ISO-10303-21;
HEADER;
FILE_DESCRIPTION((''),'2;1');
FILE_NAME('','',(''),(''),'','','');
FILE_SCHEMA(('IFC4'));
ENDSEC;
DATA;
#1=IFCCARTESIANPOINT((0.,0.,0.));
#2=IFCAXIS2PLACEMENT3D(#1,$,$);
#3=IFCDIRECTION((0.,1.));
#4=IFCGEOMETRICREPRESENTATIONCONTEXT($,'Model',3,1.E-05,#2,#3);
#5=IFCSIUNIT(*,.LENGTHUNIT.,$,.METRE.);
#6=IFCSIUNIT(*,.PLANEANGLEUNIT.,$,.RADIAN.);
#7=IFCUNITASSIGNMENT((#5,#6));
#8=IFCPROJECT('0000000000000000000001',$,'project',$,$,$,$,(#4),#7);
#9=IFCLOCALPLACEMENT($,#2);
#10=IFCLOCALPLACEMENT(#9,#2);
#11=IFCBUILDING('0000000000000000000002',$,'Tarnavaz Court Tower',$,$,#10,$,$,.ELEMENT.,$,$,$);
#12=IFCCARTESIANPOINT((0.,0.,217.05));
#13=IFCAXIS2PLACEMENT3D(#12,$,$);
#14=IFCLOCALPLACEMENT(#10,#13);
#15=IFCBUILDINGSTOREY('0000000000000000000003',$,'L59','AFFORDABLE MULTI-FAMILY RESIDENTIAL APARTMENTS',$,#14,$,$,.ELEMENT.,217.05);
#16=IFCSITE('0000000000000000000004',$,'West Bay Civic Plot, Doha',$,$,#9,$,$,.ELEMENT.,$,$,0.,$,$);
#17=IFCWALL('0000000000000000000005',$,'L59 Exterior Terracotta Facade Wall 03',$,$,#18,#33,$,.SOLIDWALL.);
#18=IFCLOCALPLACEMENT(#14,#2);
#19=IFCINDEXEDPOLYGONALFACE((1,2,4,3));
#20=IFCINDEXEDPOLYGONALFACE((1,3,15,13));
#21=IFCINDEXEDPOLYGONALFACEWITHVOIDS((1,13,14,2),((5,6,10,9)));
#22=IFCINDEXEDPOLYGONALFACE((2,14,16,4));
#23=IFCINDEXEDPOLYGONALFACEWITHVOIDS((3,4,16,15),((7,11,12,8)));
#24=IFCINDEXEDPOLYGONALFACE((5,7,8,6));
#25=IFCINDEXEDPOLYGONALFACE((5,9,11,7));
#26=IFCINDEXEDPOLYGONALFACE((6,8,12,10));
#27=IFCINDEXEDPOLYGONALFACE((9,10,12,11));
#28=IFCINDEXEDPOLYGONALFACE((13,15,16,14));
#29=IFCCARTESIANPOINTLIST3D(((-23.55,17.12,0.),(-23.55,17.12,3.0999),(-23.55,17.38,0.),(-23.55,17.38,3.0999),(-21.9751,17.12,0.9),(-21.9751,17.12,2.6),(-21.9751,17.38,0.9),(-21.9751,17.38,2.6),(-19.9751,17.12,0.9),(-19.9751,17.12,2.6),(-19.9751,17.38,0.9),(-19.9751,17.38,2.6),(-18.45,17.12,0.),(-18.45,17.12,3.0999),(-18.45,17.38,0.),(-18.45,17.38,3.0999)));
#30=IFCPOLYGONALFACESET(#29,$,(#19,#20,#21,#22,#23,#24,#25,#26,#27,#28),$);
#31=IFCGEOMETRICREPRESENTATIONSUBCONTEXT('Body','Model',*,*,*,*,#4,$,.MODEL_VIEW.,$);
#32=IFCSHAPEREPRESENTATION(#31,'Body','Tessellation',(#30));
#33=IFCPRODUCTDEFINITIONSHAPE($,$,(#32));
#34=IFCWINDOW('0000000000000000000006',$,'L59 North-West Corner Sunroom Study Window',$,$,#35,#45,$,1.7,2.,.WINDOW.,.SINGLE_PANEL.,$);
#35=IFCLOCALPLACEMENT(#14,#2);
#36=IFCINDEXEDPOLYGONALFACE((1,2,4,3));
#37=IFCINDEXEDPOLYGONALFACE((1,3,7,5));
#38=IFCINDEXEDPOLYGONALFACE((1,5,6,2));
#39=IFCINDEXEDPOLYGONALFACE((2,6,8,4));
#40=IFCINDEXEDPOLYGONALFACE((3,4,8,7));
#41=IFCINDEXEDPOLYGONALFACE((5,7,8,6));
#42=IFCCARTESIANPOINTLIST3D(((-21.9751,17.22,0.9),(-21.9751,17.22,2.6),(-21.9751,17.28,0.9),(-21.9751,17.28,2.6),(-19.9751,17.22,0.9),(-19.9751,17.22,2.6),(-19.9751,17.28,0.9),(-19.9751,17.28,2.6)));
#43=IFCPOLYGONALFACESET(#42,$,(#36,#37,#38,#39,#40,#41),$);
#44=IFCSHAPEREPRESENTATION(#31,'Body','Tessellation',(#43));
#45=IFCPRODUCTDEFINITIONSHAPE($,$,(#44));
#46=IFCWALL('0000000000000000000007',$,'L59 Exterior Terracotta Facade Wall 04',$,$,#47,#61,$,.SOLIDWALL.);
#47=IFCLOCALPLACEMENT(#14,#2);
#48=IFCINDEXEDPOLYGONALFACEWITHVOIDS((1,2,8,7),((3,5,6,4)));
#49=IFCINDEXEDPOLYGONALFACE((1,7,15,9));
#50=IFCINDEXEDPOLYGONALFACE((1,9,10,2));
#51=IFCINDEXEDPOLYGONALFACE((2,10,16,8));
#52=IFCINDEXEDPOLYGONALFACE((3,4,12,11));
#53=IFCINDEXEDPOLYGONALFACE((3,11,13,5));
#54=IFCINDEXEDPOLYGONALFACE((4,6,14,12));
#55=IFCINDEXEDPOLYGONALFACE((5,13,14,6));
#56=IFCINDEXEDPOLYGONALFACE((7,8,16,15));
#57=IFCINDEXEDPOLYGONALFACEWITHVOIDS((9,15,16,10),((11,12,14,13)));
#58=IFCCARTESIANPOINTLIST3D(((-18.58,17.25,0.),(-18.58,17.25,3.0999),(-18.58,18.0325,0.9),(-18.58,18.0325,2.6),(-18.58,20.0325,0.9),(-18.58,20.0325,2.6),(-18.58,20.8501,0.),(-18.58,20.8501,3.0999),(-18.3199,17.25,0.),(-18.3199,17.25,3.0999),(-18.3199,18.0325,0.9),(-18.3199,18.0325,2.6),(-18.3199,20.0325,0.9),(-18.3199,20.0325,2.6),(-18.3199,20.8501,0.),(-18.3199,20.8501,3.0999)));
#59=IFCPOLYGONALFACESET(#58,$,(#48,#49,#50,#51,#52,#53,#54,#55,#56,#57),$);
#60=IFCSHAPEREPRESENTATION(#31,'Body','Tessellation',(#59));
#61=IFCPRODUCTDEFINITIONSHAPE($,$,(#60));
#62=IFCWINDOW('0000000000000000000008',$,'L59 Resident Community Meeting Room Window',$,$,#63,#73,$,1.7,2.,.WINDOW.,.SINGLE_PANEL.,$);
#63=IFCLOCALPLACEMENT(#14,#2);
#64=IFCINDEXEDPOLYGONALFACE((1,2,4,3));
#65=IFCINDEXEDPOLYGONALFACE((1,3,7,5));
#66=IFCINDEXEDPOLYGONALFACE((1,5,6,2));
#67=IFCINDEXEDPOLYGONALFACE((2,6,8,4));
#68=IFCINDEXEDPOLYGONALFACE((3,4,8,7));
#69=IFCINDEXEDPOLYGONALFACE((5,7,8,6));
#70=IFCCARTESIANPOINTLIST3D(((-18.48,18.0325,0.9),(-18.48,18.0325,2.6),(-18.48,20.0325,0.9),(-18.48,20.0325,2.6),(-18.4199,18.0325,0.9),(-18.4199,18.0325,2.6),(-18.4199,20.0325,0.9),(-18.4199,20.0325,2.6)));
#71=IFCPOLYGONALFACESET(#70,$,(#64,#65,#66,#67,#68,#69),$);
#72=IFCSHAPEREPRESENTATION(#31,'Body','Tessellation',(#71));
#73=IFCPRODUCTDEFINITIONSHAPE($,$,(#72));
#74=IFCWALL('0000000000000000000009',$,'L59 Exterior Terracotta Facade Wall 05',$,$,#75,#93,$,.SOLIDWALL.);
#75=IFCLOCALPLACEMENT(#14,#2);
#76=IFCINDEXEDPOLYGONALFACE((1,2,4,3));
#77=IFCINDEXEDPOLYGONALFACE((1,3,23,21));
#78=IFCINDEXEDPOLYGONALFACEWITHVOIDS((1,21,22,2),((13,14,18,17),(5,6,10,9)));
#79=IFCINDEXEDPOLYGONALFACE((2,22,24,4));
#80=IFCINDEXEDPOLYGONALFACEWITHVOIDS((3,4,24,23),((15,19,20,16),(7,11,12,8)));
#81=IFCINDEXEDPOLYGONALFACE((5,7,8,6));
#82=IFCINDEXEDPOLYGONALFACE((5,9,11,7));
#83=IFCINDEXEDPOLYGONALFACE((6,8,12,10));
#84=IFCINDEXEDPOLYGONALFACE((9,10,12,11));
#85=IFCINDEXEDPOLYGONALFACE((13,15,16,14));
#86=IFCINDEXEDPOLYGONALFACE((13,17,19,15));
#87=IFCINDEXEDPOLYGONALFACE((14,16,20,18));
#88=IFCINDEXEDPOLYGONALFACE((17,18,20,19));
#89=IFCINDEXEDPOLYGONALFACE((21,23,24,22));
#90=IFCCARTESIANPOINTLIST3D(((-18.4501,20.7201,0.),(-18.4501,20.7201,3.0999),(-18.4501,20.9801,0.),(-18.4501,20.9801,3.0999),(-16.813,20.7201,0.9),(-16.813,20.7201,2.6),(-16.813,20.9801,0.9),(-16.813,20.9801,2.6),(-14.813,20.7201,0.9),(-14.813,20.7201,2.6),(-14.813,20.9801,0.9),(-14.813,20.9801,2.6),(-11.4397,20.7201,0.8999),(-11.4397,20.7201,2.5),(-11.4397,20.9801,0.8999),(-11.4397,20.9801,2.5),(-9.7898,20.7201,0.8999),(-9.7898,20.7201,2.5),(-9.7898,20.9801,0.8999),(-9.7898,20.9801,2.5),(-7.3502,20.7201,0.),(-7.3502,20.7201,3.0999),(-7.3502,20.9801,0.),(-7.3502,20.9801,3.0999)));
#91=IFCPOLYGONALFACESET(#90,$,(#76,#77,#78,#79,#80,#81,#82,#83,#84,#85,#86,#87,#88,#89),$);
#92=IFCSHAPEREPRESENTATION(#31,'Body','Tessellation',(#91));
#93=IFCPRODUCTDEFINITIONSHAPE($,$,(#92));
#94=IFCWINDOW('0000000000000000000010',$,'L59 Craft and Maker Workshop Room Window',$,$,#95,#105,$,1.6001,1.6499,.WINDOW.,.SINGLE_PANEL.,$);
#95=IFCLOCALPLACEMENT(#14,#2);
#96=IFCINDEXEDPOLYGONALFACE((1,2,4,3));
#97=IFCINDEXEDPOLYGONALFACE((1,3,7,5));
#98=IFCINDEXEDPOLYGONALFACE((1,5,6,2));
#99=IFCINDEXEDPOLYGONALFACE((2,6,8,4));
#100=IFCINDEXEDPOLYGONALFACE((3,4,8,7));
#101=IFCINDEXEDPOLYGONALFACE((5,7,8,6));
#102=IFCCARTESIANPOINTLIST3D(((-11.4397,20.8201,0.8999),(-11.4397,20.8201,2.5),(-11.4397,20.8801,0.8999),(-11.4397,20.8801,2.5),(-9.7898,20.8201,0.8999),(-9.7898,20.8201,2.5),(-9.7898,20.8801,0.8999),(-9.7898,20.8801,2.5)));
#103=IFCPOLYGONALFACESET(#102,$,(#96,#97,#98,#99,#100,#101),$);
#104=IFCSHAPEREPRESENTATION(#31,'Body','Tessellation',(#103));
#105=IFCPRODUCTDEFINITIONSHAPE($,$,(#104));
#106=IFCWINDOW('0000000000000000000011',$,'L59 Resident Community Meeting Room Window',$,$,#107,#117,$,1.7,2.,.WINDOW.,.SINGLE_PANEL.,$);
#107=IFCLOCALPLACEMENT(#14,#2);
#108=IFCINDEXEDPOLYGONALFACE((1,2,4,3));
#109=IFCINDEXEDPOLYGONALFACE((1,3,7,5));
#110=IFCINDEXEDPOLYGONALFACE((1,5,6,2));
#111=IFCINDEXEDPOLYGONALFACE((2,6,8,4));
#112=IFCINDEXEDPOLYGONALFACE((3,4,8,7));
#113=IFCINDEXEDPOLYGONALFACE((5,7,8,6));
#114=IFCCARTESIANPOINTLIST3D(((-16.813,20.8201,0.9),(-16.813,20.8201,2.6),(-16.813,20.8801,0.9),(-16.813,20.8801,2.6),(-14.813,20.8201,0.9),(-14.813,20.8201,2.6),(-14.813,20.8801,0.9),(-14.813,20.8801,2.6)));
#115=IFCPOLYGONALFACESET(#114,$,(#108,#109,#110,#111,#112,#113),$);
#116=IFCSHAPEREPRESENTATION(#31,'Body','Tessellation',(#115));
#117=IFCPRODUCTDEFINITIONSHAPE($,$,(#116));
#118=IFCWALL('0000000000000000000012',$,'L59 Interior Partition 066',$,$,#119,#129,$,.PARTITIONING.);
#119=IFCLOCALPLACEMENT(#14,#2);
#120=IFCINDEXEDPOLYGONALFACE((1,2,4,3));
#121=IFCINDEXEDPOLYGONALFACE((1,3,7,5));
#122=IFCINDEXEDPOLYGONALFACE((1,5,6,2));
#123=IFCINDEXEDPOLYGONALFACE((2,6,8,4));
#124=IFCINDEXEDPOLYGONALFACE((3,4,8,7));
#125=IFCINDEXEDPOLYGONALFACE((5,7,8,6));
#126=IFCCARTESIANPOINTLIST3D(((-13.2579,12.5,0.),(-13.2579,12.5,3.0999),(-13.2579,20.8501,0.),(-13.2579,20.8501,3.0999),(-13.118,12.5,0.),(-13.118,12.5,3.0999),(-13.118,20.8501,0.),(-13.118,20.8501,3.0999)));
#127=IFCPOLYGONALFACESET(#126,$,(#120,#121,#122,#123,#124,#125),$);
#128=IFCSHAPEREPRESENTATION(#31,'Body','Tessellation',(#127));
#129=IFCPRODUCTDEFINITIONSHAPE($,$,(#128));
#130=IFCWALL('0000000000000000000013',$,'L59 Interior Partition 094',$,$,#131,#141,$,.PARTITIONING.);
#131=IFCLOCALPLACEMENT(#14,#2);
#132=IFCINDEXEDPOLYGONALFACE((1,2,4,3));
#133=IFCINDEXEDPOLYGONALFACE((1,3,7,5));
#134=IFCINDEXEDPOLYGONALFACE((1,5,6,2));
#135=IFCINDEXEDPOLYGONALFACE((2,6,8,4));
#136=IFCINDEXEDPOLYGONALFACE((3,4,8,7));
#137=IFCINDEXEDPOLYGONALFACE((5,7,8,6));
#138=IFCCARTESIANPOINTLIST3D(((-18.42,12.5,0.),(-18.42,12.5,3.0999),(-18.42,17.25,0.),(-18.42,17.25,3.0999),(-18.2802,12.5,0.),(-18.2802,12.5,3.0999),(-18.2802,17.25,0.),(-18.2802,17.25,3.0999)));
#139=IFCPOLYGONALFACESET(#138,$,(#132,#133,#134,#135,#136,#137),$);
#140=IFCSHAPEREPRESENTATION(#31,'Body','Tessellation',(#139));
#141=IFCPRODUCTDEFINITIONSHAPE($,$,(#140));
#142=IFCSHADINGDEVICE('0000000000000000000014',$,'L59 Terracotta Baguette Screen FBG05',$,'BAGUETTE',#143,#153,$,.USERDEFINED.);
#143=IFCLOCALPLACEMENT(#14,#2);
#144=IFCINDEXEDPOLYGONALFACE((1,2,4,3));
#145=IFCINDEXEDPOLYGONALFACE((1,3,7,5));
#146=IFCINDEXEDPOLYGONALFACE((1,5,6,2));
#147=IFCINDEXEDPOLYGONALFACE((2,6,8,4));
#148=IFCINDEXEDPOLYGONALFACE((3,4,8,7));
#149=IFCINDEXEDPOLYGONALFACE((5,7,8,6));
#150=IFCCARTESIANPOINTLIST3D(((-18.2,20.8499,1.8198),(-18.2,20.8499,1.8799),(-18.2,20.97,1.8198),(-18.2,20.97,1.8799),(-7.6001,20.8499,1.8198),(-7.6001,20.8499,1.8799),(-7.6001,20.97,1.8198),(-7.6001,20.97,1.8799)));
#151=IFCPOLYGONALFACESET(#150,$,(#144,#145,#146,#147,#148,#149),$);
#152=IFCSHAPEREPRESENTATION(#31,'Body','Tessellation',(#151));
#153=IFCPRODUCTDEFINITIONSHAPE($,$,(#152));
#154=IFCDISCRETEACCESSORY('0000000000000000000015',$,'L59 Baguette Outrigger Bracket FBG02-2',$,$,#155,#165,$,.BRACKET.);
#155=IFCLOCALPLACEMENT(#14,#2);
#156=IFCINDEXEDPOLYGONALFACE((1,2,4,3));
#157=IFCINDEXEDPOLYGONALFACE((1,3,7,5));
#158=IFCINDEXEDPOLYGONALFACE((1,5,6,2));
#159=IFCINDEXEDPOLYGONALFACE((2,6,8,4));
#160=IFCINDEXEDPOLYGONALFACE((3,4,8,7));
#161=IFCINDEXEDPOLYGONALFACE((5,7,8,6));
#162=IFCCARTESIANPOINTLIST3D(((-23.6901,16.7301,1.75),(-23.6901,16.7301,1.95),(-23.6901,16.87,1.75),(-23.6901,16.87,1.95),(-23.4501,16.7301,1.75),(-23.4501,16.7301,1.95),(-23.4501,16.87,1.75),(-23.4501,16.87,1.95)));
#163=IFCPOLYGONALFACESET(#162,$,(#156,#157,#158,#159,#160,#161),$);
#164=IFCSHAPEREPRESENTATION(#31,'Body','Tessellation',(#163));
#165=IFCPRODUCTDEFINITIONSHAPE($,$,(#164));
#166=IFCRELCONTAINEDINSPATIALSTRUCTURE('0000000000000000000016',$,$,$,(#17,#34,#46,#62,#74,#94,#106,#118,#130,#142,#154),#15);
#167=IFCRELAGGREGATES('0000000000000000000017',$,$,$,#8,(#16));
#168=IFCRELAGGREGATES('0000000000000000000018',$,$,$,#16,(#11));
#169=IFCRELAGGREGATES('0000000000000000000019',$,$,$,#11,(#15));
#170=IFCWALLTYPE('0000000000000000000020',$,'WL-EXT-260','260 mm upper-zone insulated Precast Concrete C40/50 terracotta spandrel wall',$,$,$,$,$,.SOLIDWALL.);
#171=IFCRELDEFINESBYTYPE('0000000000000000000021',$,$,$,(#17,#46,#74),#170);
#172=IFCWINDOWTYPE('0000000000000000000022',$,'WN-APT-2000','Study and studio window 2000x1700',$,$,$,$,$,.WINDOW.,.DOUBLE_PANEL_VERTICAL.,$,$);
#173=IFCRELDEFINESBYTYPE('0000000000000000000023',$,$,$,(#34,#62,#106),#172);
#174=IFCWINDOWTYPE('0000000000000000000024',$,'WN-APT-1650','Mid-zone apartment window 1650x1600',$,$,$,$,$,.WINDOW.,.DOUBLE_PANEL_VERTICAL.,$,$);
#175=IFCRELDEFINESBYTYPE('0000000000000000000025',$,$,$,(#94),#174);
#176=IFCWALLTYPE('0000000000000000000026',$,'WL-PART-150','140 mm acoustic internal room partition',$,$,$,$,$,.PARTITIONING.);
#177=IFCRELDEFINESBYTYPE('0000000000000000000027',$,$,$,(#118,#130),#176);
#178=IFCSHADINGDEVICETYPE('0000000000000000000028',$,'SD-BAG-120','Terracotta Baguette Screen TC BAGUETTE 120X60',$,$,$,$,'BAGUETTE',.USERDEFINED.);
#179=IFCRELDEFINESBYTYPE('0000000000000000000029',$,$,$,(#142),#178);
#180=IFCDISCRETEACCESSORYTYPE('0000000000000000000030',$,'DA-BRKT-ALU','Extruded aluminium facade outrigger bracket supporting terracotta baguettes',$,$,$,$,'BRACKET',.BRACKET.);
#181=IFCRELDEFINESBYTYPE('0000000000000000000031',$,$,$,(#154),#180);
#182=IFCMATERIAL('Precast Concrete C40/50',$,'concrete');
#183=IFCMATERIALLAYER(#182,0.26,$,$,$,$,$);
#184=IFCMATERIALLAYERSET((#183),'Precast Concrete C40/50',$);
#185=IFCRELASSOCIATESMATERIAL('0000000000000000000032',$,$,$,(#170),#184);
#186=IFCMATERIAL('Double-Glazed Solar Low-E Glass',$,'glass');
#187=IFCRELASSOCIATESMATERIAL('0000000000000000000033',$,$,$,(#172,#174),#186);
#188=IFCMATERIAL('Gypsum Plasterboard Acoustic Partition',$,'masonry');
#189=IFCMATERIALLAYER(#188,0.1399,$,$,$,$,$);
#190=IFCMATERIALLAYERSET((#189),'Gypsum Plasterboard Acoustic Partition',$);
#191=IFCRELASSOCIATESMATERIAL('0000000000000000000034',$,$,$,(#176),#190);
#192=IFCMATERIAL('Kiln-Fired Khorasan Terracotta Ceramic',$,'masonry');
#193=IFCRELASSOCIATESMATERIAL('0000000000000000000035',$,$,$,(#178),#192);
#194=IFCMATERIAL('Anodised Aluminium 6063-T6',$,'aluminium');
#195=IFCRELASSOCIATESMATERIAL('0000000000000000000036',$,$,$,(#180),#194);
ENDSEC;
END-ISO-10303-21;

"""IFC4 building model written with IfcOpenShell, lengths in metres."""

from ifc_helpers import new_model, si_unit, direction, frame, frame_2d, origin, origin_2d, place, context, subcontext, project, spatial, rectangle, extrude, material, layer, layer_set, material_profile, profile_set, type_object, element, fill, save


model = new_model("IFC4")

# Units and contexts
model_context = context("Model", 3, precision=1e-05, world=origin(), true_north=direction((0.0, 1.0)))
body_context = subcontext(model_context, "Body", "Model", "MODEL_VIEW")
ifc_project = project(units=[si_unit("LENGTHUNIT", "METRE"), si_unit("PLANEANGLEUNIT", "RADIAN")], contexts=[model_context])

# Site, building, storey
site_placement = place(None, origin())
site = spatial("IfcSite", under=ifc_project, at=site_placement, Name="West Bay Civic Plot, Doha", CompositionType="ELEMENT", RefElevation=0.0)
building_placement = place(site_placement, origin())
building = spatial("IfcBuilding", under=site, at=building_placement, Name="Tarnavaz Court Tower", CompositionType="ELEMENT")
storey_placement = place(building_placement, frame((0.0, 0.0, 217.05)))
storey = spatial("IfcBuildingStorey", under=building, at=storey_placement, Name="L59", Description="AFFORDABLE MULTI-FAMILY RESIDENTIAL APARTMENTS", CompositionType="ELEMENT", Elevation=217.05)

# Walls, openings, windows
ifc_material_1 = material(Name="Precast Concrete C40/50", Category="concrete")
ifc_layer_1 = layer(ifc_material_1, 0.26)
ifc_layer_set_1 = layer_set([ifc_layer_1], Name="Precast Concrete C40/50")
wall_type_1 = type_object("IfcWallType", Name="WL-EXT-260", Description="260 mm upper-zone insulated Precast Concrete C40/50 terracotta spandrel wall", PredefinedType="SOLIDWALL", material=ifc_layer_set_1)
wall_1_placement = place(storey_placement, frame((-23.55, 17.25, 0.0), z_axis=(0.0, 0.0, 1.0), x_axis=(1.0, 0.0, 0.0)))
wall_1 = element("IfcWall", 1, at=wall_1_placement, inside=storey, type_object=wall_type_1, Name="L59 Exterior Terracotta Facade Wall 03", PredefinedType="SOLIDWALL", context=body_context, shape_type="SweptSolid", body=[
    extrude(rectangle(XDim=5.1001, YDim=0.26, at=frame_2d((2.55, 0.0))), origin(), (0.0, 0.0, 1.0), 3.0999),
])
opening_1_placement = place(wall_1_placement, frame((1.575, 0.0, 0.8999)))
opening_1 = element("IfcOpeningElement", 2, at=opening_1_placement, cuts=wall_1, PredefinedType="OPENING", context=body_context, shape_type="SweptSolid", body=[
    extrude(rectangle(XDim=2.0, YDim=1.7, at=frame_2d((1.0, 0.8501))), frame((0.0, 0.1399, 0.0), z_axis=(0.0, -1.0, 0.0), x_axis=(1.0, 0.0, 0.0)), (0.0, 0.0, 1.0), 0.28),
])
ifc_material_2 = material(Name="Double-Glazed Solar Low-E Glass", Category="glass")
window_type_1 = type_object("IfcWindowType", Name="WN-APT-2000", Description="Study and studio window 2000x1700", PartitioningType="DOUBLE_PANEL_VERTICAL", PredefinedType="WINDOW", material=ifc_material_2)
window_1_placement = place(opening_1_placement, origin())
window_1 = element("IfcWindow", 3, at=window_1_placement, inside=storey, type_object=window_type_1, Name="L59 North-West Corner Sunroom Study Window", OverallHeight=1.7, OverallWidth=2.0, PartitioningType="SINGLE_PANEL", PredefinedType="WINDOW", context=body_context, shape_type="SweptSolid", body=[
    extrude(rectangle(XDim=2.0, YDim=1.7, at=frame_2d((1.0, 0.8501))), frame((0.0, 0.03, 0.0), z_axis=(0.0, -1.0, 0.0), x_axis=(1.0, 0.0, 0.0)), (0.0, 0.0, 1.0), 0.0601),
])
fill(opening_1, window_1)
wall_2_placement = place(storey_placement, frame((-18.45, 17.25, 0.0), z_axis=(0.0, 0.0, 1.0), x_axis=(0.0, 1.0, 0.0)))
wall_2 = element("IfcWall", 4, at=wall_2_placement, inside=storey, type_object=wall_type_1, Name="L59 Exterior Terracotta Facade Wall 04", PredefinedType="SOLIDWALL", context=body_context, shape_type="SweptSolid", body=[
    extrude(rectangle(XDim=3.6001, YDim=0.26, at=frame_2d((1.8, 0.0))), origin(), (0.0, 0.0, 1.0), 3.0999),
])
opening_2_placement = place(wall_2_placement, frame((0.7825, 0.0, 0.8999)))
opening_2 = element("IfcOpeningElement", 5, at=opening_2_placement, cuts=wall_2, PredefinedType="OPENING", context=body_context, shape_type="SweptSolid", body=[
    extrude(rectangle(XDim=2.0, YDim=1.7, at=frame_2d((1.0, 0.8501))), frame((0.0, 0.1399, 0.0), z_axis=(0.0, -1.0, 0.0), x_axis=(1.0, 0.0, 0.0)), (0.0, 0.0, 1.0), 0.28),
])
window_2_placement = place(opening_2_placement, origin())
window_2 = element("IfcWindow", 6, at=window_2_placement, inside=storey, type_object=window_type_1, Name="L59 Resident Community Meeting Room Window", OverallHeight=1.7, OverallWidth=2.0, PartitioningType="SINGLE_PANEL", PredefinedType="WINDOW", context=body_context, shape_type="SweptSolid", body=[
    extrude(rectangle(XDim=2.0, YDim=1.7, at=frame_2d((1.0, 0.8501))), frame((0.0, 0.03, 0.0), z_axis=(0.0, -1.0, 0.0), x_axis=(1.0, 0.0, 0.0)), (0.0, 0.0, 1.0), 0.0601),
])
fill(opening_2, window_2)

# Wall, openings, windows
wall_3_placement = place(storey_placement, frame((-18.45, 20.8501, 0.0), z_axis=(0.0, 0.0, 1.0), x_axis=(1.0, 0.0, 0.0)))
wall_3 = element("IfcWall", 7, at=wall_3_placement, inside=storey, type_object=wall_type_1, Name="L59 Exterior Terracotta Facade Wall 05", PredefinedType="SOLIDWALL", context=body_context, shape_type="SweptSolid", body=[
    extrude(rectangle(XDim=11.0999, YDim=0.26, at=frame_2d((5.5498, 0.0))), origin(), (0.0, 0.0, 1.0), 3.0999),
])
opening_3_placement = place(wall_3_placement, frame((1.637, 0.0, 0.8999)))
opening_3 = element("IfcOpeningElement", 8, at=opening_3_placement, cuts=wall_3, PredefinedType="OPENING", context=body_context, shape_type="SweptSolid", body=[
    extrude(rectangle(XDim=2.0, YDim=1.7, at=frame_2d((1.0, 0.8501))), frame((0.0, 0.1399, 0.0), z_axis=(0.0, -1.0, 0.0), x_axis=(1.0, 0.0, 0.0)), (0.0, 0.0, 1.0), 0.28),
])
opening_4_placement = place(wall_3_placement, frame((7.0103, 0.0, 0.8999)))
opening_4 = element("IfcOpeningElement", 9, at=opening_4_placement, cuts=wall_3, PredefinedType="OPENING", context=body_context, shape_type="SweptSolid", body=[
    extrude(rectangle(XDim=1.6499, YDim=1.6001, at=frame_2d((0.825, 0.8))), frame((0.0, 0.1399, 0.0), z_axis=(0.0, -1.0, 0.0), x_axis=(1.0, 0.0, 0.0)), (0.0, 0.0, 1.0), 0.28),
])
window_type_2 = type_object("IfcWindowType", Name="WN-APT-1650", Description="Mid-zone apartment window 1650x1600", PartitioningType="DOUBLE_PANEL_VERTICAL", PredefinedType="WINDOW", material=ifc_material_2)
window_3_placement = place(opening_4_placement, origin())
window_3 = element("IfcWindow", 10, at=window_3_placement, inside=storey, type_object=window_type_2, Name="L59 Craft and Maker Workshop Room Window", OverallHeight=1.6001, OverallWidth=1.6499, PartitioningType="SINGLE_PANEL", PredefinedType="WINDOW", context=body_context, shape_type="SweptSolid", body=[
    extrude(rectangle(XDim=1.6499, YDim=1.6001, at=frame_2d((0.825, 0.8))), frame((0.0, 0.03, 0.0), z_axis=(0.0, -1.0, 0.0), x_axis=(1.0, 0.0, 0.0)), (0.0, 0.0, 1.0), 0.0601),
])
fill(opening_4, window_3)
window_4_placement = place(opening_3_placement, origin())
window_4 = element("IfcWindow", 11, at=window_4_placement, inside=storey, type_object=window_type_1, Name="L59 Resident Community Meeting Room Window", OverallHeight=1.7, OverallWidth=2.0, PartitioningType="SINGLE_PANEL", PredefinedType="WINDOW", context=body_context, shape_type="SweptSolid", body=[
    extrude(rectangle(XDim=2.0, YDim=1.7, at=frame_2d((1.0, 0.8501))), frame((0.0, 0.03, 0.0), z_axis=(0.0, -1.0, 0.0), x_axis=(1.0, 0.0, 0.0)), (0.0, 0.0, 1.0), 0.0601),
])
fill(opening_3, window_4)

# Walls
ifc_material_3 = material(Name="Gypsum Plasterboard Acoustic Partition", Category="masonry")
ifc_layer_2 = layer(ifc_material_3, 0.1399)
ifc_layer_set_2 = layer_set([ifc_layer_2], Name="Gypsum Plasterboard Acoustic Partition")
wall_type_2 = type_object("IfcWallType", Name="WL-PART-150", Description="140 mm acoustic internal room partition", PredefinedType="PARTITIONING", material=ifc_layer_set_2)
wall_4_placement = place(storey_placement, frame((-13.188, 12.5, 0.0), z_axis=(0.0, 0.0, 1.0), x_axis=(0.0, 1.0, 0.0)))
element("IfcWall", 12, at=wall_4_placement, inside=storey, type_object=wall_type_2, Name="L59 Interior Partition 066", PredefinedType="PARTITIONING", context=body_context, shape_type="SweptSolid", body=[
    extrude(rectangle(XDim=8.3501, YDim=0.1399, at=frame_2d((4.175, 0.0))), origin(), (0.0, 0.0, 1.0), 3.0999),
])
wall_5_placement = place(storey_placement, frame((-18.3501, 12.5, 0.0), z_axis=(0.0, 0.0, 1.0), x_axis=(0.0, 1.0, 0.0)))
element("IfcWall", 13, at=wall_5_placement, inside=storey, type_object=wall_type_2, Name="L59 Interior Partition 094", PredefinedType="PARTITIONING", context=body_context, shape_type="SweptSolid", body=[
    extrude(rectangle(XDim=4.75, YDim=0.1399, at=frame_2d((2.375, 0.0))), origin(), (0.0, 0.0, 1.0), 3.0999),
])

# Shading device
ifc_material_4 = material(Name="Kiln-Fired Khorasan Terracotta Ceramic", Category="masonry")
ifc_material_profile_1 = material_profile(ifc_material_4, rectangle(XDim=0.1201, YDim=0.0601, at=origin_2d()), Name="TC BAGUETTE 120X60")
ifc_profile_set_1 = profile_set([ifc_material_profile_1], Name="Kiln-Fired Khorasan Terracotta Ceramic")
shading_device_type = type_object("IfcShadingDeviceType", Name="SD-BAG-120", Description="Terracotta Baguette Screen TC BAGUETTE 120X60", ElementType="BAGUETTE", PredefinedType="USERDEFINED", material=ifc_profile_set_1)
shading_device_placement = place(storey_placement, frame((-18.2, 20.9099, 1.8499), z_axis=(1.0, 0.0, 0.0), x_axis=(0.0, 1.0, 0.0)))
element("IfcShadingDevice", 14, at=shading_device_placement, inside=storey, type_object=shading_device_type, Name="L59 Terracotta Baguette Screen FBG05", ObjectType="BAGUETTE", PredefinedType="USERDEFINED", context=body_context, shape_type="SweptSolid", body=[
    extrude(rectangle(XDim=0.1201, YDim=0.0601, at=origin_2d()), origin(), (0.0, 0.0, 1.0), 10.5999),
])

# Discrete accessory
ifc_material_5 = material(Name="Anodised Aluminium 6063-T6", Category="aluminium")
discrete_accessory_type = type_object("IfcDiscreteAccessoryType", Name="DA-BRKT-ALU", Description="Extruded aluminium facade outrigger bracket supporting terracotta baguettes", ElementType="BRACKET", PredefinedType="BRACKET", material=ifc_material_5)
for number, where, z_axis, x_axis, name in (
    (15, (-23.5701, 16.8, 1.75), (0.0, 0.0, 1.0), (0.0, 1.0, 0.0), "L59 Baguette Outrigger Bracket FBG02-2"),
):
    element("IfcDiscreteAccessory", number, at=place(storey_placement, frame(where, z_axis=z_axis, x_axis=x_axis)), inside=storey, type_object=discrete_accessory_type, Name=name, PredefinedType="BRACKET", context=body_context, shape_type="SweptSolid", body=[
        extrude(rectangle(XDim=0.1399, YDim=0.24, at=origin_2d()), origin(), (0.0, 0.0, 1.0), 0.2),
    ])

save(model, "model.ifc")
